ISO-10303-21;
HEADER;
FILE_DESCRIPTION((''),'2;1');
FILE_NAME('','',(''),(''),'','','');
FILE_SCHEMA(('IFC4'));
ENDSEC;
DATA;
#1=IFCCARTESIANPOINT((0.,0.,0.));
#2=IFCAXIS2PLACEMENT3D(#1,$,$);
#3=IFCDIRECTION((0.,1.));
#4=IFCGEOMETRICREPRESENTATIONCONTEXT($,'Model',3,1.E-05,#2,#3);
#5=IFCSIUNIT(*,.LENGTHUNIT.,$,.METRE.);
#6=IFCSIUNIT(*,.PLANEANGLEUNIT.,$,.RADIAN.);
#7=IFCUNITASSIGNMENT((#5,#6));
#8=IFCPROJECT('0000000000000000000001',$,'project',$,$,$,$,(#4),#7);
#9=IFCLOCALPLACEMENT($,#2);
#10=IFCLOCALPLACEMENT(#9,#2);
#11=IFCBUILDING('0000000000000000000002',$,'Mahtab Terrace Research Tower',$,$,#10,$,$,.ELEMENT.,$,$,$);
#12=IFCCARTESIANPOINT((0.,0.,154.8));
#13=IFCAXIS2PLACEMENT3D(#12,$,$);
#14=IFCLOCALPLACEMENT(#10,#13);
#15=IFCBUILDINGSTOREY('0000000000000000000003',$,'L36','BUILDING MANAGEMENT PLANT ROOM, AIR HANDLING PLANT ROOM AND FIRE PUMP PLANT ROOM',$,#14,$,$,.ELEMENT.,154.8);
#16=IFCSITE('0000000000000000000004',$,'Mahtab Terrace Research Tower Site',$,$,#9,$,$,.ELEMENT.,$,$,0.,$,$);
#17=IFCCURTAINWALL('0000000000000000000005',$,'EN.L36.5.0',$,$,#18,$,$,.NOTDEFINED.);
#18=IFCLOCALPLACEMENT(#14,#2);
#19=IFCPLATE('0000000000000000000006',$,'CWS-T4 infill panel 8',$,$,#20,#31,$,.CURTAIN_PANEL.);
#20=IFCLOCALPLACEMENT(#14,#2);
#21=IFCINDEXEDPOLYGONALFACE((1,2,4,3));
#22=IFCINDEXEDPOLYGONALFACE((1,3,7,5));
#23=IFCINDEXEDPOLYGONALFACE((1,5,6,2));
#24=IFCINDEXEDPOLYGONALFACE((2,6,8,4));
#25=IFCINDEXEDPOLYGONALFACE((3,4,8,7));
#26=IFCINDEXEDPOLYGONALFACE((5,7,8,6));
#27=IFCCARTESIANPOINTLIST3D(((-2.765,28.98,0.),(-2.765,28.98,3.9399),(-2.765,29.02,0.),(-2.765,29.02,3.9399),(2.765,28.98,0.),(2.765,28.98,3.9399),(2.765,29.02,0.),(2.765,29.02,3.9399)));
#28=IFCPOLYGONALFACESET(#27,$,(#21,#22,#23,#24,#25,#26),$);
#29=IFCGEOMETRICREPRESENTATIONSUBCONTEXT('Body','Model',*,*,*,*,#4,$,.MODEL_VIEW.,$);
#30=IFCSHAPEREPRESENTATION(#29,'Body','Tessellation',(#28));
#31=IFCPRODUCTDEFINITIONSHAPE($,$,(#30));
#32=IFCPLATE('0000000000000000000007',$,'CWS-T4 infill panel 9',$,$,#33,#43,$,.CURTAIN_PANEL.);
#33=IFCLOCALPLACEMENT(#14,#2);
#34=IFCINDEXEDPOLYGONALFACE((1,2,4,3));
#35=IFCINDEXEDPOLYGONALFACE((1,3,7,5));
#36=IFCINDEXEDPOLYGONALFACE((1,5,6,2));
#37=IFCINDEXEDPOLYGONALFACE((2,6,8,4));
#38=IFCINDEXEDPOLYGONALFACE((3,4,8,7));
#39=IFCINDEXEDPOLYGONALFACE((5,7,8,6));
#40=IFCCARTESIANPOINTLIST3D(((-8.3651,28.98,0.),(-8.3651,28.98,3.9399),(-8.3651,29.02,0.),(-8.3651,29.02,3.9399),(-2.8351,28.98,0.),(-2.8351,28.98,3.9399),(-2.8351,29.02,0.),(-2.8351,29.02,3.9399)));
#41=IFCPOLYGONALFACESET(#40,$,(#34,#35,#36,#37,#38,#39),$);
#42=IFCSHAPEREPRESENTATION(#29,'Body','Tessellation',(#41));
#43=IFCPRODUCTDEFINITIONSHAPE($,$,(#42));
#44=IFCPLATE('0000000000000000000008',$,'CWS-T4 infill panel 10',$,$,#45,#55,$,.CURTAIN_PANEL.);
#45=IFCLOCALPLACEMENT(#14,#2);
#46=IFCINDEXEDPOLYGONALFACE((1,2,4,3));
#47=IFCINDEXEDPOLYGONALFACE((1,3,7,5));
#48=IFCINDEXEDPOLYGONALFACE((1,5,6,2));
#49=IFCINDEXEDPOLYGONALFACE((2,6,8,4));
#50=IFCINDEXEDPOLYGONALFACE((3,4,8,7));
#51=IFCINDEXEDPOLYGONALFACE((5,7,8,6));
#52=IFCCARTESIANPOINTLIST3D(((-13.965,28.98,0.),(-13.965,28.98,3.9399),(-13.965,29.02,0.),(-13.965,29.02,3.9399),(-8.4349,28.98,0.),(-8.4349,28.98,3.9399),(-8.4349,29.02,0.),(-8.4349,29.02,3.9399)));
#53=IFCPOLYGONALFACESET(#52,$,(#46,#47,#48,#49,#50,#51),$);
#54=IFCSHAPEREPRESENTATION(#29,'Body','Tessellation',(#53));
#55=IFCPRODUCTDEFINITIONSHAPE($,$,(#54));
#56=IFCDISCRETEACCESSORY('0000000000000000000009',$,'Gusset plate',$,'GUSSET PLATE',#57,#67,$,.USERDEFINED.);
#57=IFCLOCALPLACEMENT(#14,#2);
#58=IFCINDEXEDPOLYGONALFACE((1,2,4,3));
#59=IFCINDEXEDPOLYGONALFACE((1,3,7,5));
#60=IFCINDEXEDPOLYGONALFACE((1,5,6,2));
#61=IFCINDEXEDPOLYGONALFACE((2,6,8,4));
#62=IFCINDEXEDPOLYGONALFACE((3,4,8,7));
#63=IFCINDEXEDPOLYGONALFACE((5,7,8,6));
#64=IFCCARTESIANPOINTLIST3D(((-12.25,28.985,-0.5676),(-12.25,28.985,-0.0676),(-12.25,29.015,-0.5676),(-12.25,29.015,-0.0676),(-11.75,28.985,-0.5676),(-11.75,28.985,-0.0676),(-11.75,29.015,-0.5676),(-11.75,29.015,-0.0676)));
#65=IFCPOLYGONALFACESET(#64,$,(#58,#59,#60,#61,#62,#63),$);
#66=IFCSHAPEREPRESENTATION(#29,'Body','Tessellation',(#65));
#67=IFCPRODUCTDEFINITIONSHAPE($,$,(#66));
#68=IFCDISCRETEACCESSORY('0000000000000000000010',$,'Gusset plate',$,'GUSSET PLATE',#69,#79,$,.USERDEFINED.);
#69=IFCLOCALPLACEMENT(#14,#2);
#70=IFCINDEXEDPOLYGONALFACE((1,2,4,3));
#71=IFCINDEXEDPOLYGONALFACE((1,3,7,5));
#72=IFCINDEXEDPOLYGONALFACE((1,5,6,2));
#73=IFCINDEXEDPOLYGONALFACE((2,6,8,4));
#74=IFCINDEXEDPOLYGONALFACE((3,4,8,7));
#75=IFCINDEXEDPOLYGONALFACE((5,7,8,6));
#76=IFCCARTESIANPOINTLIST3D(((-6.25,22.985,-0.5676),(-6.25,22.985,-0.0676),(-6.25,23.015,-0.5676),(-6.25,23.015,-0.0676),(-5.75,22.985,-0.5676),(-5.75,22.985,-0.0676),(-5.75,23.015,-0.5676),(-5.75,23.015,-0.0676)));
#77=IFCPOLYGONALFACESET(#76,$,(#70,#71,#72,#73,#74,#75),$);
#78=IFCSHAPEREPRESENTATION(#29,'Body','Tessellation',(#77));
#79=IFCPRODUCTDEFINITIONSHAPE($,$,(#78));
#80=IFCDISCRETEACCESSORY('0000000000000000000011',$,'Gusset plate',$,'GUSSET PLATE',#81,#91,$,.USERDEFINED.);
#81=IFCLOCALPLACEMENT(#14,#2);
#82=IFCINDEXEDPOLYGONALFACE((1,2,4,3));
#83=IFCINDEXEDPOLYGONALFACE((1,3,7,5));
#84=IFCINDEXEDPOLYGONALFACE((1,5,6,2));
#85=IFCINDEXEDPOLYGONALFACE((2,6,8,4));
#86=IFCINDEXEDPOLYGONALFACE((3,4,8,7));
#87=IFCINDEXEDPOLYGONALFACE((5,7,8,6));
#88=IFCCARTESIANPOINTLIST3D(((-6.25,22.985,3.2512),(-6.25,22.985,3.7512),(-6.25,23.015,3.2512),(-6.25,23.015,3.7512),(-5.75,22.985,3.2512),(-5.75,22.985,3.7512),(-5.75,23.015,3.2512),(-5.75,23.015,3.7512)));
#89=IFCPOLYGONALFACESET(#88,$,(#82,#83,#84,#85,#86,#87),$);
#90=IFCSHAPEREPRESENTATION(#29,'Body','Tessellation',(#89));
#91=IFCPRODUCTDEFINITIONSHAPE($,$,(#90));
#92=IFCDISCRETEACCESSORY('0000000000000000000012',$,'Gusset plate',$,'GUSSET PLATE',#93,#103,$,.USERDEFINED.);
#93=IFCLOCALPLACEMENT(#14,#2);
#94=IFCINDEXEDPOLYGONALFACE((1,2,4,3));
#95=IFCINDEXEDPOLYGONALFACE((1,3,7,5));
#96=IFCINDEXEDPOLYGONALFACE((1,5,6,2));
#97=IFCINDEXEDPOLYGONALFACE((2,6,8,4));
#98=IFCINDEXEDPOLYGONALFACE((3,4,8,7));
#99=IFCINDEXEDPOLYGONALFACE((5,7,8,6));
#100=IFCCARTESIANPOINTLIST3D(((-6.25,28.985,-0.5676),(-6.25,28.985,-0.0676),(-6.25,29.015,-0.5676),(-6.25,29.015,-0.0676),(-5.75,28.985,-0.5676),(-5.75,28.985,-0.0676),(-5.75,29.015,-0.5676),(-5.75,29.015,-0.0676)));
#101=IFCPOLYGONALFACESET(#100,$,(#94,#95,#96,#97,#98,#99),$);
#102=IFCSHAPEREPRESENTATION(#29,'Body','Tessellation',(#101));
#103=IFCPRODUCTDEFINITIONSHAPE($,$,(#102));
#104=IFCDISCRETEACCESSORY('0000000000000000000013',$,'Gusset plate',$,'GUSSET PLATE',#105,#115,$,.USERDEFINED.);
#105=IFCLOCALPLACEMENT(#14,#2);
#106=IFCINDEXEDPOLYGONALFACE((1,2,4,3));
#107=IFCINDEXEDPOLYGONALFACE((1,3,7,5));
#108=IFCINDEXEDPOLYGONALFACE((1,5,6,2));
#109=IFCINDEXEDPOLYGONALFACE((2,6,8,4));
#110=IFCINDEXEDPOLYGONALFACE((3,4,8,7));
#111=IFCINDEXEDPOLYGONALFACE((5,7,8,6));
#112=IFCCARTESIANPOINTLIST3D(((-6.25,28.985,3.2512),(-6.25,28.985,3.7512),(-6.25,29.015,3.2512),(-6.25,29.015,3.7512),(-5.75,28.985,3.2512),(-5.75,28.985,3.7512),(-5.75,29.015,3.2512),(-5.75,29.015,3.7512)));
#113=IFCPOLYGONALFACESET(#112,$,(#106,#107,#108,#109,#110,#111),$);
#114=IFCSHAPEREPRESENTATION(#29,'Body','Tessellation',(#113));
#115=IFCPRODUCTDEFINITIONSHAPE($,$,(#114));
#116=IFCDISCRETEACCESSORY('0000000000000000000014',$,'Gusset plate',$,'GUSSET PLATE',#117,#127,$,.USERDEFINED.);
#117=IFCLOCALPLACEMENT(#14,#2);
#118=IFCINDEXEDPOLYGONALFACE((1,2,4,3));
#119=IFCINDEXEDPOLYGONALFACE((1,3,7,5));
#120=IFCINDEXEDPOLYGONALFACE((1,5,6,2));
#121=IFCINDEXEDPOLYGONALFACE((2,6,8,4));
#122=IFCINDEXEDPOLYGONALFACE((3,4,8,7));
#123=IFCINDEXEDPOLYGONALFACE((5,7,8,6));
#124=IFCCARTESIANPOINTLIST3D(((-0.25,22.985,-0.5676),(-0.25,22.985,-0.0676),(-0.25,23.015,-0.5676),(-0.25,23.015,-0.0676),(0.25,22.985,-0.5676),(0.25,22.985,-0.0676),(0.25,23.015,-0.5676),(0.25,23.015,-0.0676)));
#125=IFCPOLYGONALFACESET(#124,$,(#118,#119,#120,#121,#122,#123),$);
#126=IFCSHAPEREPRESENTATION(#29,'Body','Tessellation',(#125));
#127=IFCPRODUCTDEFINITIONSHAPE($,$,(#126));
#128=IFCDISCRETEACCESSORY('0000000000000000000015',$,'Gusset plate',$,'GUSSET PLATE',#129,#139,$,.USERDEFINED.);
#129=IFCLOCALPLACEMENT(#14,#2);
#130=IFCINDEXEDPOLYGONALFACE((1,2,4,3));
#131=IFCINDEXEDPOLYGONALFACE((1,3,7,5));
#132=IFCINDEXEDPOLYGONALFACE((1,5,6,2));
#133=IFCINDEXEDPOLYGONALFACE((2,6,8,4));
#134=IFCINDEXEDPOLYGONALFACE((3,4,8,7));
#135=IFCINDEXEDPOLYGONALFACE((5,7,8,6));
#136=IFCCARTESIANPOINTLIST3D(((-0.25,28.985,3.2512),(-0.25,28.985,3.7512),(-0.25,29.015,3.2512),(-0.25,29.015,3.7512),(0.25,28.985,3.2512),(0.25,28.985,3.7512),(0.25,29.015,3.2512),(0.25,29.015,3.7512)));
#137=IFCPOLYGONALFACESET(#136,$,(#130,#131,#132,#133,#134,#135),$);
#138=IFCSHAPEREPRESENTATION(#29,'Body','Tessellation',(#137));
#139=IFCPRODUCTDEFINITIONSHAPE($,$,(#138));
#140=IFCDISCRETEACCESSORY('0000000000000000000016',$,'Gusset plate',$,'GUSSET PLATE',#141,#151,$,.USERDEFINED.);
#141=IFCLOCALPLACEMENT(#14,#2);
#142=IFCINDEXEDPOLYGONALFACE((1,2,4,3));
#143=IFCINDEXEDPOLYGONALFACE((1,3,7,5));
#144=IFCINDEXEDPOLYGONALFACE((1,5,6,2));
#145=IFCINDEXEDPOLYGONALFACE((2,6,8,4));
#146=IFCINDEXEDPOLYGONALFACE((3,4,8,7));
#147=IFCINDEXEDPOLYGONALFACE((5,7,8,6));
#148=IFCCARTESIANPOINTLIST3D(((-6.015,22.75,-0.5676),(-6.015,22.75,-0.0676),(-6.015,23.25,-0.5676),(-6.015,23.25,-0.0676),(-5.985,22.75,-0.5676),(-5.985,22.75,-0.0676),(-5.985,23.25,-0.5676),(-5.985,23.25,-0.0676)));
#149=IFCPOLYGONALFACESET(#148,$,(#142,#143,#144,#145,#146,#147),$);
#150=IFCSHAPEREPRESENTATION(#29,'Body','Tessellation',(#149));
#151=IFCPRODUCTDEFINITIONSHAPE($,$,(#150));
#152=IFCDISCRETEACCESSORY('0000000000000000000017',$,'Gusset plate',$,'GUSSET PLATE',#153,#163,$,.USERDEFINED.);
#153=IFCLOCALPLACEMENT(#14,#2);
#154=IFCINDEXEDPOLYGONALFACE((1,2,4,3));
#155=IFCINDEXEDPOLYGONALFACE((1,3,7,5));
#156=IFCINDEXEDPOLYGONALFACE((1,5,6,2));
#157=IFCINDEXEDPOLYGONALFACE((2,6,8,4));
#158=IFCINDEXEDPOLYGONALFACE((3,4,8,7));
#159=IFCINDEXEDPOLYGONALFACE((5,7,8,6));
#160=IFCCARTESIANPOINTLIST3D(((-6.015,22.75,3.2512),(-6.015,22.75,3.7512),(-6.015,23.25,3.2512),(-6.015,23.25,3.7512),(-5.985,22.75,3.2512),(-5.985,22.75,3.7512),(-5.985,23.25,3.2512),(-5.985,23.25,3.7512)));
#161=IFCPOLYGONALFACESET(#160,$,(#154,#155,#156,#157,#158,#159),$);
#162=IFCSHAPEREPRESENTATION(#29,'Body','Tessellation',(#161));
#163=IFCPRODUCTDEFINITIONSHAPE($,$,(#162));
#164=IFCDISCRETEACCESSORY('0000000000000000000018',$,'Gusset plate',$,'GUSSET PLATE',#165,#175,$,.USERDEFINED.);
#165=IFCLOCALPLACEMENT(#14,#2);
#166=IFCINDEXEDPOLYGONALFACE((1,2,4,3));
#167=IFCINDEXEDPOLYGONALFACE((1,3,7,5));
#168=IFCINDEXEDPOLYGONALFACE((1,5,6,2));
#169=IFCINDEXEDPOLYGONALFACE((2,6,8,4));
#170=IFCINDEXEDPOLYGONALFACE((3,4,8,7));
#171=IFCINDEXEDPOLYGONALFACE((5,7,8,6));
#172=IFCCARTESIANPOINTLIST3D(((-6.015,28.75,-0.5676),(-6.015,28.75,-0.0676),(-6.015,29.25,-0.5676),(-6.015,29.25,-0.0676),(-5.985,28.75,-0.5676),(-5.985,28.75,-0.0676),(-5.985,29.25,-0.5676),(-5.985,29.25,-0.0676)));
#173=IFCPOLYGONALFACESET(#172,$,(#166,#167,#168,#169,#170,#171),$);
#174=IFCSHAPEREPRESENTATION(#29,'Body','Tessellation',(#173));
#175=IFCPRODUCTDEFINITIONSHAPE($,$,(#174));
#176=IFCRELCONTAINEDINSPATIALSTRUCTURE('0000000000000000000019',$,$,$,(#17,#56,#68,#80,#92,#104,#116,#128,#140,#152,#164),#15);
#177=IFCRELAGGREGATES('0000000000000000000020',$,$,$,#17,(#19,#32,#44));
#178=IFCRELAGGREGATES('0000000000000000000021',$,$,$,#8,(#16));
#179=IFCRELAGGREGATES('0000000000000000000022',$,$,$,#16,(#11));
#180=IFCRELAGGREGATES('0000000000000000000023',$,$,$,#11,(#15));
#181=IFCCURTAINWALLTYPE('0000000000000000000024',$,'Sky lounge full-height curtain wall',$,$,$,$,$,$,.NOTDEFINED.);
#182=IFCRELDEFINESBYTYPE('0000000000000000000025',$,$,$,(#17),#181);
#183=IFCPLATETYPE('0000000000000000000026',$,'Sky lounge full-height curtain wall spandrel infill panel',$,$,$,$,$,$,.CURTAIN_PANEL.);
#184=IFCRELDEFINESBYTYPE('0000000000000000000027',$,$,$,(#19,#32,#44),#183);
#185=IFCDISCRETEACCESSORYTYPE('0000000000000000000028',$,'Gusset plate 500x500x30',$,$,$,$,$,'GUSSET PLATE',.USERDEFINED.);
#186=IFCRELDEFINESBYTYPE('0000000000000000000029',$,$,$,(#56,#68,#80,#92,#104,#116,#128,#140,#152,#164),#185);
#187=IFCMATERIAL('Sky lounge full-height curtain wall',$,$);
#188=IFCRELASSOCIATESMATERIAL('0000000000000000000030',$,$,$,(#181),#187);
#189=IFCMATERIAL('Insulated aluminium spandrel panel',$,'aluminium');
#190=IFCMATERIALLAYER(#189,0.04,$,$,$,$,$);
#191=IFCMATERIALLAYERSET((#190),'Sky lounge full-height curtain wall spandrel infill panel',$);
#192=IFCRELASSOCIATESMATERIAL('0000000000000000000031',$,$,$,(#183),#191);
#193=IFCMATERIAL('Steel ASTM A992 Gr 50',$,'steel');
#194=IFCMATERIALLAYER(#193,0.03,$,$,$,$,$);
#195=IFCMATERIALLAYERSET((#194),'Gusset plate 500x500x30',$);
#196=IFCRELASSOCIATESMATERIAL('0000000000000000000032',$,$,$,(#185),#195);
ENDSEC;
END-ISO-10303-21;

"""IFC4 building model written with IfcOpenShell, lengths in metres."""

from ifc_helpers import new_model, si_unit, direction, frame, origin, origin_2d, place, context, subcontext, project, spatial, rectangle, extrude, material, layer, layer_set, type_object, element, aggregate, save


model = new_model("IFC4")

# Units and contexts
model_context = context("Model", 3, precision=1e-05, world=origin(), true_north=direction((0.0, 1.0)))
body_context = subcontext(model_context, "Body", "Model", "MODEL_VIEW")
ifc_project = project(units=[si_unit("LENGTHUNIT", "METRE"), si_unit("PLANEANGLEUNIT", "RADIAN")], contexts=[model_context])

# Site, building, storey
site_placement = place(None, origin())
site = spatial("IfcSite", under=ifc_project, at=site_placement, Name="Mahtab Terrace Research Tower Site", CompositionType="ELEMENT", RefElevation=0.0)
building_placement = place(site_placement, origin())
building = spatial("IfcBuilding", under=site, at=building_placement, Name="Mahtab Terrace Research Tower", CompositionType="ELEMENT")
storey_placement = place(building_placement, frame((0.0, 0.0, 154.8)))
storey = spatial("IfcBuildingStorey", under=building, at=storey_placement, Name="L36", Description="BUILDING MANAGEMENT PLANT ROOM, AIR HANDLING PLANT ROOM AND FIRE PUMP PLANT ROOM", CompositionType="ELEMENT", Elevation=154.8)

# Shared definitions
ifc_material_1 = material(Name="Steel ASTM A992 Gr 50", Category="steel")

# Curtain wall
ifc_material_2 = material(Name="Sky lounge full-height curtain wall")
curtain_wall_type = type_object("IfcCurtainWallType", Name="Sky lounge full-height curtain wall", PredefinedType="NOTDEFINED", material=ifc_material_2)
curtain_wall_placement = place(storey_placement, origin())
curtain_wall = element("IfcCurtainWall", 1, at=curtain_wall_placement, inside=storey, type_object=curtain_wall_type, Name="EN.L36.5.0", PredefinedType="NOTDEFINED")

# Plates
ifc_material_3 = material(Name="Insulated aluminium spandrel panel", Category="aluminium")
ifc_layer_1 = layer(ifc_material_3, 0.04)
ifc_layer_set_1 = layer_set([ifc_layer_1], Name="Sky lounge full-height curtain wall spandrel infill panel")
plate_type = type_object("IfcPlateType", Name="Sky lounge full-height curtain wall spandrel infill panel", PredefinedType="CURTAIN_PANEL", material=ifc_layer_set_1)
plate_1_placement = place(storey_placement, frame((0.0, 29.0, 0.0), z_axis=(0.0, 0.0, 1.0), x_axis=(-1.0, 0.0, 0.0)))
plate_1 = element("IfcPlate", 2, at=plate_1_placement, type_object=plate_type, Name="CWS-T4 infill panel 8", PredefinedType="CURTAIN_PANEL", context=body_context, shape_type="SweptSolid", body=[
    extrude(rectangle(XDim=5.53, YDim=0.04, at=origin_2d()), origin(), (0.0, 0.0, 1.0), 3.9399),
])
plate_2_placement = place(storey_placement, frame((-5.6001, 29.0, 0.0), z_axis=(0.0, 0.0, 1.0), x_axis=(-1.0, 0.0, 0.0)))
plate_2 = element("IfcPlate", 3, at=plate_2_placement, type_object=plate_type, Name="CWS-T4 infill panel 9", PredefinedType="CURTAIN_PANEL", context=body_context, shape_type="SweptSolid", body=[
    extrude(rectangle(XDim=5.53, YDim=0.04, at=origin_2d()), origin(), (0.0, 0.0, 1.0), 3.9399),
])
plate_3_placement = place(storey_placement, frame((-11.2, 29.0, 0.0), z_axis=(0.0, 0.0, 1.0), x_axis=(-1.0, 0.0, 0.0)))
plate_3 = element("IfcPlate", 4, at=plate_3_placement, type_object=plate_type, Name="CWS-T4 infill panel 10", PredefinedType="CURTAIN_PANEL", context=body_context, shape_type="SweptSolid", body=[
    extrude(rectangle(XDim=5.53, YDim=0.04, at=origin_2d()), origin(), (0.0, 0.0, 1.0), 3.9399),
])
aggregate(curtain_wall, [plate_1, plate_2, plate_3])

# Discrete accessories
ifc_layer_2 = layer(ifc_material_1, 0.03)
ifc_layer_set_2 = layer_set([ifc_layer_2], Name="Gusset plate 500x500x30")
discrete_accessory_type = type_object("IfcDiscreteAccessoryType", Name="Gusset plate 500x500x30", ElementType="GUSSET PLATE", PredefinedType="USERDEFINED", material=ifc_layer_set_2)
for number, where, z_axis, x_axis, name in (
    (5, (-12.0, 29.0, -0.5676), (0.0, 0.0, 1.0), (1.0, 0.0, 0.0), "Gusset plate"),
    (6, (-6.0, 23.0, -0.5676), (0.0, 0.0, 1.0), (1.0, 0.0, 0.0), "Gusset plate"),
    (7, (-6.0, 23.0, 3.2512), (0.0, 0.0, 1.0), (1.0, 0.0, 0.0), "Gusset plate"),
    (8, (-6.0, 29.0, -0.5676), (0.0, 0.0, 1.0), (1.0, 0.0, 0.0), "Gusset plate"),
    (9, (-6.0, 29.0, 3.2512), (0.0, 0.0, 1.0), (1.0, 0.0, 0.0), "Gusset plate"),
    (10, (0.0, 23.0, -0.5676), (0.0, 0.0, 1.0), (1.0, 0.0, 0.0), "Gusset plate"),
    (11, (0.0, 29.0, 3.2512), (0.0, 0.0, 1.0), (1.0, 0.0, 0.0), "Gusset plate"),
    (12, (-6.0, 23.0, -0.5676), (0.0, 0.0, 1.0), (0.0, 1.0, 0.0), "Gusset plate"),
    (13, (-6.0, 23.0, 3.2512), (0.0, 0.0, 1.0), (0.0, 1.0, 0.0), "Gusset plate"),
    (14, (-6.0, 29.0, -0.5676), (0.0, 0.0, 1.0), (0.0, 1.0, 0.0), "Gusset plate"),
):
    element("IfcDiscreteAccessory", number, at=place(storey_placement, frame(where, z_axis=z_axis, x_axis=x_axis)), inside=storey, type_object=discrete_accessory_type, Name=name, ObjectType="GUSSET PLATE", PredefinedType="USERDEFINED", context=body_context, shape_type="SweptSolid", body=[
        extrude(rectangle(XDim=0.5, YDim=0.03, at=origin_2d()), origin(), (0.0, 0.0, 1.0), 0.5),
    ])

save(model, "model.ifc")
